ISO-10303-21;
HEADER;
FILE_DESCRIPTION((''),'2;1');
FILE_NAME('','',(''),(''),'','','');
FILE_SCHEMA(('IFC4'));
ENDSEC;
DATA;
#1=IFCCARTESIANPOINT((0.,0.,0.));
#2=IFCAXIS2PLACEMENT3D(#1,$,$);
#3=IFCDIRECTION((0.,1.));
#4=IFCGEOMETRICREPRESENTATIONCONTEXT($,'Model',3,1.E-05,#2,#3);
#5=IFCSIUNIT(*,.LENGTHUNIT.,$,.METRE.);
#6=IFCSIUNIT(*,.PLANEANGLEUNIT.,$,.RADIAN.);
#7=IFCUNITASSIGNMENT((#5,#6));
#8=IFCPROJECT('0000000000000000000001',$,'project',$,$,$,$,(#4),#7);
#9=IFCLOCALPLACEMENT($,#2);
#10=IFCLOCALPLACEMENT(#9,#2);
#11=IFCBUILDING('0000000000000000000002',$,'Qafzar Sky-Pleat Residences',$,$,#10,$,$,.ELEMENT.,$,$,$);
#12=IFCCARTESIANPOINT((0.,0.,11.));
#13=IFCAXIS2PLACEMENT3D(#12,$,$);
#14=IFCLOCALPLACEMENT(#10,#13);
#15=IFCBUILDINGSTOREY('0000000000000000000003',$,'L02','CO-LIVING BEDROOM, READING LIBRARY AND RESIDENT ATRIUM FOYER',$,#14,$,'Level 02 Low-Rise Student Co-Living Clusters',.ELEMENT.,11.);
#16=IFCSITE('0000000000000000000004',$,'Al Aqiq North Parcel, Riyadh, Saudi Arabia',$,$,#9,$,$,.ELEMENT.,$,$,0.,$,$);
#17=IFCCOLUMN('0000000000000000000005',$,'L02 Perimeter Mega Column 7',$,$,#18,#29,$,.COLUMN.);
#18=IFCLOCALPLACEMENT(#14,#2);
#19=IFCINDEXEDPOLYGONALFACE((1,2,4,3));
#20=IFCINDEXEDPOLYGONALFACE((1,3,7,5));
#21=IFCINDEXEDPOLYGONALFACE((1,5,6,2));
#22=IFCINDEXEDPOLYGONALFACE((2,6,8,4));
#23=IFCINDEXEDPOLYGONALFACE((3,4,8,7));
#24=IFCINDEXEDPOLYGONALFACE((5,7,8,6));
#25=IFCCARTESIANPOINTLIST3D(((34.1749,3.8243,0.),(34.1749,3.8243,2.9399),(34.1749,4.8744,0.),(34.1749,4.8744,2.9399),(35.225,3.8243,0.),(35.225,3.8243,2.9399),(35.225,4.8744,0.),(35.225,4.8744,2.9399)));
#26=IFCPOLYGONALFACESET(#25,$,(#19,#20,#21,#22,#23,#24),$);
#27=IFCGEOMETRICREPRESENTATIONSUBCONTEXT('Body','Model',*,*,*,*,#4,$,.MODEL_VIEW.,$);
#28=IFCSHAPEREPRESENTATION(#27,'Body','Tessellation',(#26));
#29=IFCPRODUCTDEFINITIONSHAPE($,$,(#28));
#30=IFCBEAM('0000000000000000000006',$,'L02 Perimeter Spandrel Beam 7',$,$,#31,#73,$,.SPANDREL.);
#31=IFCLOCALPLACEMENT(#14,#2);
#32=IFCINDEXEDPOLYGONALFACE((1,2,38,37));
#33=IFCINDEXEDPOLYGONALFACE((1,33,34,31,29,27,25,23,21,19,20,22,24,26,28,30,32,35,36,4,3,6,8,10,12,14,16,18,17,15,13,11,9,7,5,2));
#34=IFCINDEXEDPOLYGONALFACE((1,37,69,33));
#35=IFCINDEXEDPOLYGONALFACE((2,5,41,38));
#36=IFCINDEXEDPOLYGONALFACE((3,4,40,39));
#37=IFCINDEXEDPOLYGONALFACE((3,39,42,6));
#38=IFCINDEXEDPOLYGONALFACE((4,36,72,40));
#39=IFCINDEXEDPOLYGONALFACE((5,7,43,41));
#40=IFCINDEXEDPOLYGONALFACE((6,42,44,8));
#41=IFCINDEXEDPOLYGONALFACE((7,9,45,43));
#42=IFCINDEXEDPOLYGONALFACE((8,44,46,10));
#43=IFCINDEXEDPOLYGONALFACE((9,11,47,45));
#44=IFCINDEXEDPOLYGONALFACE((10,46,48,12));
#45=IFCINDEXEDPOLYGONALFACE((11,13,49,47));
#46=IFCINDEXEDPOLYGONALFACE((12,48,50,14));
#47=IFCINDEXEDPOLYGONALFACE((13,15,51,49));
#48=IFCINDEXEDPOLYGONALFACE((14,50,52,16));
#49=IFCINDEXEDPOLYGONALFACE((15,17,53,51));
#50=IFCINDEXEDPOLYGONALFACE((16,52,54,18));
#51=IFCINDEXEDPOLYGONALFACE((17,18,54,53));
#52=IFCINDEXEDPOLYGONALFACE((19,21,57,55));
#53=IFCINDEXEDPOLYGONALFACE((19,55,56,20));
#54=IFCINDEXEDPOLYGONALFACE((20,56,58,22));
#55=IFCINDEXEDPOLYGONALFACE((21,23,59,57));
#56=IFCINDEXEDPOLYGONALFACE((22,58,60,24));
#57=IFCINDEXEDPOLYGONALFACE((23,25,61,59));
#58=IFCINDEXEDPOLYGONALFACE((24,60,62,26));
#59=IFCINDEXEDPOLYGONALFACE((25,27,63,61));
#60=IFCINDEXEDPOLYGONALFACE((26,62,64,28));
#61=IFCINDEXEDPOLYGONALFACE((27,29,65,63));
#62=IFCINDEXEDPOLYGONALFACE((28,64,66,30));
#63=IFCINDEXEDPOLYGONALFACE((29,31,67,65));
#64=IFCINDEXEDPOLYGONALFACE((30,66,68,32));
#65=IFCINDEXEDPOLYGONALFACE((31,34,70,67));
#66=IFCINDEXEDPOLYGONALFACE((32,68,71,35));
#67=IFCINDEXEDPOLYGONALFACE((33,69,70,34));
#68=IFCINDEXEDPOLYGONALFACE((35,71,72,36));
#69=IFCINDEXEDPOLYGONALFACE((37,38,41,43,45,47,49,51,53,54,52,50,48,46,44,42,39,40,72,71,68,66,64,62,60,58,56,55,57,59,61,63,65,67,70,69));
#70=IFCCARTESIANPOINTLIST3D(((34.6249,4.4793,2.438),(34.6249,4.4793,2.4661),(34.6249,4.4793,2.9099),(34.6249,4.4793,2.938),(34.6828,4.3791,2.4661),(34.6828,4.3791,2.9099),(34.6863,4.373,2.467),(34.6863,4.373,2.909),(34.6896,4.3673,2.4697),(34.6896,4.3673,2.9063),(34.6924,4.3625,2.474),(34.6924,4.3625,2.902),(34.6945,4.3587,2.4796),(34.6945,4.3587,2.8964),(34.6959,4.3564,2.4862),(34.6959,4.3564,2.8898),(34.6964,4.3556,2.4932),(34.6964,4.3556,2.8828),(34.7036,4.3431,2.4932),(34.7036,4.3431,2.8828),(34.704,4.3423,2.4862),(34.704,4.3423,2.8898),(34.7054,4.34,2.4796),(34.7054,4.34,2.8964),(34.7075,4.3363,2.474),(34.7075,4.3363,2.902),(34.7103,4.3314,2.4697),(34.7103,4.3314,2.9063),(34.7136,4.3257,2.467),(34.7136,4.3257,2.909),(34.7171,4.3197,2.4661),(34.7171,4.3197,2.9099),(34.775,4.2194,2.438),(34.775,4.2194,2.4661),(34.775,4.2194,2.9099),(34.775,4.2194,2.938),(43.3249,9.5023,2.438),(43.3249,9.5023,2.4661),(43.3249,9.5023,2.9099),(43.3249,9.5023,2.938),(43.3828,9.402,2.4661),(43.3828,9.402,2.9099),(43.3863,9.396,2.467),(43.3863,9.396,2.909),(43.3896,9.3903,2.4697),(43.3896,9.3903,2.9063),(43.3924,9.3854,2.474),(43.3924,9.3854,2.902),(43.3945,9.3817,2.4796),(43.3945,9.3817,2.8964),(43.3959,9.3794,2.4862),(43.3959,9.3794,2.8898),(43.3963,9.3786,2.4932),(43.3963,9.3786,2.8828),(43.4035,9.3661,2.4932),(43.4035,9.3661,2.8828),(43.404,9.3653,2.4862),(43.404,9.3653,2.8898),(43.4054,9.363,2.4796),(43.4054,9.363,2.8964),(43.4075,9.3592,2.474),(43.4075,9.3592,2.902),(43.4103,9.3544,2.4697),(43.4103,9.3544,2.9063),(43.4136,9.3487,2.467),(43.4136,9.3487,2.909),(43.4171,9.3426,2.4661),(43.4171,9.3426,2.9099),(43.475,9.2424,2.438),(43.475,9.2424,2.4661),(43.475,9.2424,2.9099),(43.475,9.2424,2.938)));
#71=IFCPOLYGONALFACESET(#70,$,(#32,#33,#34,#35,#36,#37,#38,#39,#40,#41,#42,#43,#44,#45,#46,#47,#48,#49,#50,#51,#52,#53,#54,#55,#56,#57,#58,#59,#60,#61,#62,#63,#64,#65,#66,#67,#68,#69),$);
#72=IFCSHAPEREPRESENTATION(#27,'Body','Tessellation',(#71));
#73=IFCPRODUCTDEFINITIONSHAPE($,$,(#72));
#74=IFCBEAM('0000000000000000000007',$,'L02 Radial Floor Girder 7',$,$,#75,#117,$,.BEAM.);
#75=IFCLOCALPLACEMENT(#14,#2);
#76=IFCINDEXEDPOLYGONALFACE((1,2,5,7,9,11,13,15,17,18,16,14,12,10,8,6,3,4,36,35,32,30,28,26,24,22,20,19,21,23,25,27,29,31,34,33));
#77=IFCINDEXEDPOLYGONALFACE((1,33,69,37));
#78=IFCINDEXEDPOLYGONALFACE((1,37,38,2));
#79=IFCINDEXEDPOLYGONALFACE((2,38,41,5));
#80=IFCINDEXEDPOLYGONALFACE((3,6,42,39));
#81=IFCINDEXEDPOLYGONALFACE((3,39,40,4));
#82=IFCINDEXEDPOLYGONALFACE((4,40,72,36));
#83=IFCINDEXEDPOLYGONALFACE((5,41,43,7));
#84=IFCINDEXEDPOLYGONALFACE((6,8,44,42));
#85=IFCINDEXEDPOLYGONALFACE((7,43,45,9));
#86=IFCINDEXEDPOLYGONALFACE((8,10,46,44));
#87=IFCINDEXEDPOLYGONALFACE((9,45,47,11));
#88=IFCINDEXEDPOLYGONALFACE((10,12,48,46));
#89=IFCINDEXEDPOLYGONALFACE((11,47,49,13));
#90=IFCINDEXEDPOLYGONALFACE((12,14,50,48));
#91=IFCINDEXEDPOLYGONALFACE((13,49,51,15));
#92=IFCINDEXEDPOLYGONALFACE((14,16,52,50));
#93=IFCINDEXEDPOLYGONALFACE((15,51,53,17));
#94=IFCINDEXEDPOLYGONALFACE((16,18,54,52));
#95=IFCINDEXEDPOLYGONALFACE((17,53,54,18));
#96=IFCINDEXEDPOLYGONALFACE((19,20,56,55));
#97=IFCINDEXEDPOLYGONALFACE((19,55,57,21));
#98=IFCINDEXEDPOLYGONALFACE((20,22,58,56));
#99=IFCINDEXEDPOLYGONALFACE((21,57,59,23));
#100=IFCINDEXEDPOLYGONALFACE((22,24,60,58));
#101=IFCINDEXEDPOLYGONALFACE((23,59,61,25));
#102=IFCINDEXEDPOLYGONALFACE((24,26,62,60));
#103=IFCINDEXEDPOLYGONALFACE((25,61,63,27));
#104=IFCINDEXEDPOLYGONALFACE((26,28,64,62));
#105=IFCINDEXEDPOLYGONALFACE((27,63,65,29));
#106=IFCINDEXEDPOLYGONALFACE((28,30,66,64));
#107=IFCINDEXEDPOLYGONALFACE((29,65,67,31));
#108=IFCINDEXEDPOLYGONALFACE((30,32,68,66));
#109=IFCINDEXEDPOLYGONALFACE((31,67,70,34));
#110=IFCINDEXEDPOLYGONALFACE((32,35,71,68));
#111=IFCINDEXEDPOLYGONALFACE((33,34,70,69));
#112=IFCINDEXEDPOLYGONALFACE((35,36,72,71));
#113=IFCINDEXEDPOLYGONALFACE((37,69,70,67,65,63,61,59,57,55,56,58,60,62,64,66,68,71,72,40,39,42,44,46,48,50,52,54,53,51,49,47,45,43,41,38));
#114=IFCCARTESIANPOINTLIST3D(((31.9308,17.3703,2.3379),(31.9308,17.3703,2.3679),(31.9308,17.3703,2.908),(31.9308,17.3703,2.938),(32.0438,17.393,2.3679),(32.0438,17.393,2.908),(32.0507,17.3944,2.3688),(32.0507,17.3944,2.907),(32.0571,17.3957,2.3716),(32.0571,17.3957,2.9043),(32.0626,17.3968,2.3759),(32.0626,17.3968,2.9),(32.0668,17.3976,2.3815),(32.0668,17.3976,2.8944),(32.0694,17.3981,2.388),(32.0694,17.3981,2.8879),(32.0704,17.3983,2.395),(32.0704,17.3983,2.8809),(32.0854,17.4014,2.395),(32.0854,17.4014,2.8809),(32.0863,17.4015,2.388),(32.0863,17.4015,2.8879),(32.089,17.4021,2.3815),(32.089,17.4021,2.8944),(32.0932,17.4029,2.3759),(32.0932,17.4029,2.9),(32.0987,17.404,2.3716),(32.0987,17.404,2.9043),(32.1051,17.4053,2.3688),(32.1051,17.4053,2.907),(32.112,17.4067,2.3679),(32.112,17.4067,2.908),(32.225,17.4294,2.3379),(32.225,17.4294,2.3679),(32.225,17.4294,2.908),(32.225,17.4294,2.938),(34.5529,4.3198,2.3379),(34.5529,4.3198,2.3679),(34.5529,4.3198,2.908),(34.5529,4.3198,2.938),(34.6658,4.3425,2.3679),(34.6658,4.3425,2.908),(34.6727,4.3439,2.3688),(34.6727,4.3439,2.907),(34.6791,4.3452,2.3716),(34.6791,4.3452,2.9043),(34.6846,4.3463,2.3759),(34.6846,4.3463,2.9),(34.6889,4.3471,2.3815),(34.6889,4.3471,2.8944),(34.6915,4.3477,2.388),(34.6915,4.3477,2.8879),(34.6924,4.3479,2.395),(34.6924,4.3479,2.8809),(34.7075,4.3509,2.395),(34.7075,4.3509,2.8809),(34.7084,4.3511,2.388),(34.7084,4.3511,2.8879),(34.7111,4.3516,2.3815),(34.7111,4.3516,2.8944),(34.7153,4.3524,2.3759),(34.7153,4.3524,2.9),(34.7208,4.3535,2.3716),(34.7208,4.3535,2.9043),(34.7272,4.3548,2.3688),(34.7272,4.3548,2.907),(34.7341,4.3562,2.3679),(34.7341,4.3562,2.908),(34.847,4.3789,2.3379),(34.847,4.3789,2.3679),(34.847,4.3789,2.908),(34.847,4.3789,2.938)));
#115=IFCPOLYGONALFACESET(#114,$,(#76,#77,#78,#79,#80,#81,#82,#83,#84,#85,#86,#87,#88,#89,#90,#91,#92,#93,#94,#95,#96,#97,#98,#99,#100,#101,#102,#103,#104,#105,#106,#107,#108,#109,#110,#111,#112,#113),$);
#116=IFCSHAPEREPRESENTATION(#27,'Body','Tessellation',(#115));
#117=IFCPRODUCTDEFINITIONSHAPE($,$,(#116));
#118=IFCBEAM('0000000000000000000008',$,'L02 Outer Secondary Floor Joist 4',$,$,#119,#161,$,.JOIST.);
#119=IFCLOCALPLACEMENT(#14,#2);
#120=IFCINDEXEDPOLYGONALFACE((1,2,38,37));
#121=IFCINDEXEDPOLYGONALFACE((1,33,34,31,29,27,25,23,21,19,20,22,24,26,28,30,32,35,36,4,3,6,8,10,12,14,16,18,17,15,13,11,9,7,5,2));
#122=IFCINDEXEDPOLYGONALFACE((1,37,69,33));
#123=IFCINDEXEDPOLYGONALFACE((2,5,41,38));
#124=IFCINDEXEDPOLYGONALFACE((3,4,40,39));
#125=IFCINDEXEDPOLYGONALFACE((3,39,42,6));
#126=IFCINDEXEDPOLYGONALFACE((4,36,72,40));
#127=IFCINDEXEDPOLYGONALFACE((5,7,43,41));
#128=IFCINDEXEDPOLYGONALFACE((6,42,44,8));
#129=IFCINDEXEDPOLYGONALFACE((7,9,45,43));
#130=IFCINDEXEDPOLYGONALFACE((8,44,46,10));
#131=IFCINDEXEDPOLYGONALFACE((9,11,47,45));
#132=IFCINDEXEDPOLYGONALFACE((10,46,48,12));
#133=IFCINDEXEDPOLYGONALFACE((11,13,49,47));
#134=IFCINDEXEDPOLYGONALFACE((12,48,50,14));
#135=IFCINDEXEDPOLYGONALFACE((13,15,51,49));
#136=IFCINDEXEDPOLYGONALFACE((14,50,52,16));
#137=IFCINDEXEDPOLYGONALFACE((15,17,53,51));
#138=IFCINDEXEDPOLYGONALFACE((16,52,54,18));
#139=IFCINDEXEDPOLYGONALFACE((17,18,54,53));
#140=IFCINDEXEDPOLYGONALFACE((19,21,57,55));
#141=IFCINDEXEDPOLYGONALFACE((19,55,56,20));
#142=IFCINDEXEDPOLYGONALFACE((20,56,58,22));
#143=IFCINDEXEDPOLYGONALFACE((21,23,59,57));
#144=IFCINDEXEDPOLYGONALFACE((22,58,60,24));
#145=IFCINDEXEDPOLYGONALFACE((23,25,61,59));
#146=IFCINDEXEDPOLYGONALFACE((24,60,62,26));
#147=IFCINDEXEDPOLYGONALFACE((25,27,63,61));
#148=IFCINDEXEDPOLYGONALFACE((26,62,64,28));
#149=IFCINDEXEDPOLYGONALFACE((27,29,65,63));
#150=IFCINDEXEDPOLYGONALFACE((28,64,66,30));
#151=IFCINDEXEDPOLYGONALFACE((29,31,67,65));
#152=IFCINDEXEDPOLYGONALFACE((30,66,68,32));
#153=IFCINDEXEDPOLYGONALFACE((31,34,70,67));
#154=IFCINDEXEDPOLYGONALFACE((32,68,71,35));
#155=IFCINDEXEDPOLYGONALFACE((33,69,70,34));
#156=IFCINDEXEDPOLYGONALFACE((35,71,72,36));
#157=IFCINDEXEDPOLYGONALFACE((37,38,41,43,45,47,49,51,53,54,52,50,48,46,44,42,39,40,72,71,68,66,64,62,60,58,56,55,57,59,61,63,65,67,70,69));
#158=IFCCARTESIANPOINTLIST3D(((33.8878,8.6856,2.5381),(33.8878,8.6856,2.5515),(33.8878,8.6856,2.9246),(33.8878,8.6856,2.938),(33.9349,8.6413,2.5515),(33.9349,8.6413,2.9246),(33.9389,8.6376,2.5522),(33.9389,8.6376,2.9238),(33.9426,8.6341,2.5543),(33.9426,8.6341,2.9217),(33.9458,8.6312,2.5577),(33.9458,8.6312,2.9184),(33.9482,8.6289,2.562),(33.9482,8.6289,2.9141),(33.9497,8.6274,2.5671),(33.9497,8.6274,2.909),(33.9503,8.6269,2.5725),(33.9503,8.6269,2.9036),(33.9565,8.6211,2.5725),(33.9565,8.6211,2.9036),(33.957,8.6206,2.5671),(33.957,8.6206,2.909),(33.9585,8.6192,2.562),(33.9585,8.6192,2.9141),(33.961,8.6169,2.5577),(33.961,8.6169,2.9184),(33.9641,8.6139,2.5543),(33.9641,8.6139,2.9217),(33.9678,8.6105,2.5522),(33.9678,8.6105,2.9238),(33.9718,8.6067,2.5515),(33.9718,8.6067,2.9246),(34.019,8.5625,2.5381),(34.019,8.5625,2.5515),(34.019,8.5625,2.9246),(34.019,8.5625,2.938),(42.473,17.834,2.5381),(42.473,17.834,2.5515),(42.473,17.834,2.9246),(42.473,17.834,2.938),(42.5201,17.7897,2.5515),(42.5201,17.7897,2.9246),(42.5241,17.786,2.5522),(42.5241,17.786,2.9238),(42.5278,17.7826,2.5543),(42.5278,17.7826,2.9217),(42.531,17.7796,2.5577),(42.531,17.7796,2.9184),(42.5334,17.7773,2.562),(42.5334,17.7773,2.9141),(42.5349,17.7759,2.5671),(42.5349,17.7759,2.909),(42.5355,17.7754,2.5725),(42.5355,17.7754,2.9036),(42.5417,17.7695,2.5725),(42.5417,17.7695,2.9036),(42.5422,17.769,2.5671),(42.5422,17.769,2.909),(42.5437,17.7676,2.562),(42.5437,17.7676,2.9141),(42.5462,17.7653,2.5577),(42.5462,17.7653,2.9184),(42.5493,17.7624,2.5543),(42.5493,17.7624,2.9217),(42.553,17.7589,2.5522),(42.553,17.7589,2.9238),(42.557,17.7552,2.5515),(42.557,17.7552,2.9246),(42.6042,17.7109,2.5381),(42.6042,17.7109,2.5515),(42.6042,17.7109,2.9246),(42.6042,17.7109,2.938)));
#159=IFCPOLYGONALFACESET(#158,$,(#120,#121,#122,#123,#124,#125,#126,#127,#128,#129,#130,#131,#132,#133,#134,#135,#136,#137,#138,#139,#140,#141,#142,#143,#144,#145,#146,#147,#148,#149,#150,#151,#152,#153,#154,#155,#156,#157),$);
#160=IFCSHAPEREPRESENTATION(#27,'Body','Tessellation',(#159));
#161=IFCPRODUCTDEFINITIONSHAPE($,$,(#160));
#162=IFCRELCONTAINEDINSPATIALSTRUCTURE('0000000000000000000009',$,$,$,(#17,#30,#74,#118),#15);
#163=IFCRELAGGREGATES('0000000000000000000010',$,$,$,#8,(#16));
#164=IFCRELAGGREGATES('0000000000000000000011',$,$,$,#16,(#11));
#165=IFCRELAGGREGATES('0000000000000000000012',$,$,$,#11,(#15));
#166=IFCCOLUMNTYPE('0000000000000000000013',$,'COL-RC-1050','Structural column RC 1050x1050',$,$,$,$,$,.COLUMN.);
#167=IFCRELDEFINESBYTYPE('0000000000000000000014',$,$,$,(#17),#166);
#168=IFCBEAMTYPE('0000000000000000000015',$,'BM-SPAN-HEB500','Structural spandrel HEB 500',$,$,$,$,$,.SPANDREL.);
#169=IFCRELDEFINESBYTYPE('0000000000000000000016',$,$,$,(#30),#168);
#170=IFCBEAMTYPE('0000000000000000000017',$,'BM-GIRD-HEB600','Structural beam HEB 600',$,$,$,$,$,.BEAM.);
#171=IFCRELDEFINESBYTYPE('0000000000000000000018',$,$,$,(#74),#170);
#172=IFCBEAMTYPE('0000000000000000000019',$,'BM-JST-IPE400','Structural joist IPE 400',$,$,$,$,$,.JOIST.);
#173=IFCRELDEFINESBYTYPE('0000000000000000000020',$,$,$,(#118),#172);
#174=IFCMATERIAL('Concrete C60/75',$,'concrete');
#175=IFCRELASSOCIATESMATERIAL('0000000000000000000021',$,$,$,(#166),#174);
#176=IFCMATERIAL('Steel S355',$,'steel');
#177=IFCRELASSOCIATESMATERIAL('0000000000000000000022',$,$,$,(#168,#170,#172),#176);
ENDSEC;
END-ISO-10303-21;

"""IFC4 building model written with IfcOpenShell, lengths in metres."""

from ifc_helpers import new_model, si_unit, direction, frame, origin, origin_2d, place, context, subcontext, project, spatial, rectangle, i_section, extrude, source, transform, mapped, material, material_profile, profile_set, type_object, element, save


model = new_model("IFC4")

# Units and contexts
model_context = context("Model", 3, precision=1e-05, world=origin(), true_north=direction((0.0, 1.0)))
body_context = subcontext(model_context, "Body", "Model", "MODEL_VIEW")
ifc_project = project(units=[si_unit("LENGTHUNIT", "METRE"), si_unit("PLANEANGLEUNIT", "RADIAN")], contexts=[model_context])

# Site, building, storey
site_placement = place(None, origin())
site = spatial("IfcSite", under=ifc_project, at=site_placement, Name="Al Aqiq North Parcel, Riyadh, Saudi Arabia", CompositionType="ELEMENT", RefElevation=0.0)
building_placement = place(site_placement, origin())
building = spatial("IfcBuilding", under=site, at=building_placement, Name="Qafzar Sky-Pleat Residences", CompositionType="ELEMENT")
storey_placement = place(building_placement, frame((0.0, 0.0, 11.0)))
storey = spatial("IfcBuildingStorey", under=building, at=storey_placement, Name="L02", Description="CO-LIVING BEDROOM, READING LIBRARY AND RESIDENT ATRIUM FOYER", LongName="Level 02 Low-Rise Student Co-Living Clusters", CompositionType="ELEMENT", Elevation=11.0)

# Column
ifc_material_1 = material(Name="Concrete C60/75", Category="concrete")
ifc_material_profile_1 = material_profile(ifc_material_1, rectangle(XDim=1.05, YDim=1.05, at=origin_2d()), Name="RC 1050x1050")
ifc_profile_set_1 = profile_set([ifc_material_profile_1], Name="Concrete C60/75")
column_type = type_object("IfcColumnType", Name="COL-RC-1050", Description="Structural column RC 1050x1050", PredefinedType="COLUMN", material=ifc_profile_set_1)
shared_shape_1 = source(origin(), body_context, "Body", "SweptSolid", [
    extrude(rectangle(XDim=1.05, YDim=1.05, at=origin_2d()), origin(), (0.0, 0.0, 1.0), 2.9399),
])
column_placement = place(storey_placement, frame((34.7, 4.3494, 0.0), z_axis=(0.0, 0.0, 1.0), x_axis=(1.0, 0.0, 0.0)))
element("IfcColumn", 1, at=column_placement, inside=storey, type_object=column_type, Name="L02 Perimeter Mega Column 7", PredefinedType="COLUMN", context=body_context, shape_type="MappedRepresentation", body=[
    mapped(shared_shape_1, transform((0.0, 0.0, 0.0), x_axis=(1.0, 0.0, 0.0), y_axis=(0.0, 1.0, 0.0), z_axis=(0.0, 0.0, 1.0), scale=1.0)),
])

# Beams
ifc_material_2 = material(Name="Steel S355", Category="steel")
ifc_material_profile_2 = material_profile(ifc_material_2, i_section(OverallWidth=0.3, OverallDepth=0.5, WebThickness=0.0144, FlangeThickness=0.0281, FilletRadius=0.0271, at=origin_2d()), Name="HEB 500")
ifc_profile_set_2 = profile_set([ifc_material_profile_2], Name="Steel S355")
beam_type_1 = type_object("IfcBeamType", Name="BM-SPAN-HEB500", Description="Structural spandrel HEB 500", PredefinedType="SPANDREL", material=ifc_profile_set_2)
shared_shape_2 = source(origin(), body_context, "Body", "SweptSolid", [
    extrude(i_section(OverallWidth=0.3, OverallDepth=0.5, WebThickness=0.0144, FlangeThickness=0.0281, FilletRadius=0.0271, at=origin_2d()), origin(), (0.0, 0.0, 1.0), 10.0459),
])
beam_1_placement = place(storey_placement, frame((34.7, 4.3494, 2.688), z_axis=(0.866024, 0.500002, 0.0), x_axis=(-0.500002, 0.866024, 0.0)))
element("IfcBeam", 2, at=beam_1_placement, inside=storey, type_object=beam_type_1, Name="L02 Perimeter Spandrel Beam 7", PredefinedType="SPANDREL", context=body_context, shape_type="MappedRepresentation", body=[
    mapped(shared_shape_2, transform((0.0, 0.0, 0.0), x_axis=(1.0, 0.0, 0.0), y_axis=(0.0, 1.0, 0.0), z_axis=(0.0, 0.0, 1.0), scale=1.0)),
])
ifc_material_profile_3 = material_profile(ifc_material_2, i_section(OverallWidth=0.3, OverallDepth=0.6001, WebThickness=0.0154, FlangeThickness=0.03, FilletRadius=0.0271, at=origin_2d()), Name="HEB 600")
ifc_profile_set_3 = profile_set([ifc_material_profile_3], Name="Steel S355")
beam_type_2 = type_object("IfcBeamType", Name="BM-GIRD-HEB600", Description="Structural beam HEB 600", PredefinedType="BEAM", material=ifc_profile_set_3)
shared_shape_3 = source(origin(), body_context, "Body", "SweptSolid", [
    extrude(i_section(OverallWidth=0.3, OverallDepth=0.6001, WebThickness=0.0154, FlangeThickness=0.03, FilletRadius=0.0271, at=origin_2d()), origin(), (0.0, 0.0, 1.0), 13.3113),
])
beam_2_placement = place(storey_placement, frame((34.7, 4.3494, 2.6379), z_axis=(-0.19698, 0.980407, 0.0), x_axis=(-0.980407, -0.19698, 0.0)))
element("IfcBeam", 3, at=beam_2_placement, inside=storey, type_object=beam_type_2, Name="L02 Radial Floor Girder 7", PredefinedType="BEAM", context=body_context, shape_type="MappedRepresentation", body=[
    mapped(shared_shape_3, transform((0.0, 0.0, 0.0), x_axis=(1.0, 0.0, 0.0), y_axis=(0.0, 1.0, 0.0), z_axis=(0.0, 0.0, 1.0), scale=1.0)),
])
ifc_material_profile_4 = material_profile(ifc_material_2, i_section(OverallWidth=0.1799, OverallDepth=0.3999, WebThickness=0.0085, FlangeThickness=0.0134, FilletRadius=0.021, at=origin_2d()), Name="IPE 400")
ifc_profile_set_4 = profile_set([ifc_material_profile_4], Name="Steel S355")
beam_type_3 = type_object("IfcBeamType", Name="BM-JST-IPE400", Description="Structural joist IPE 400", PredefinedType="JOIST", material=ifc_profile_set_4)
shared_shape_4 = source(origin(), body_context, "Body", "SweptSolid", [
    extrude(i_section(OverallWidth=0.1799, OverallDepth=0.3999, WebThickness=0.0085, FlangeThickness=0.0134, FilletRadius=0.021, at=origin_2d()), origin(), (0.0, 0.0, 1.0), 12.5459),
])
beam_3_placement = place(storey_placement, frame((33.9534, 8.624, 2.738), z_axis=(0.684304, 0.729197, 0.0), x_axis=(-0.729197, 0.684304, 0.0)))
element("IfcBeam", 4, at=beam_3_placement, inside=storey, type_object=beam_type_3, Name="L02 Outer Secondary Floor Joist 4", PredefinedType="JOIST", context=body_context, shape_type="MappedRepresentation", body=[
    mapped(shared_shape_4, transform((0.0, 0.0, 0.0), x_axis=(1.0, 0.0, 0.0), y_axis=(0.0, 1.0, 0.0), z_axis=(0.0, 0.0, 1.0), scale=1.0)),
])

save(model, "model.ifc")
